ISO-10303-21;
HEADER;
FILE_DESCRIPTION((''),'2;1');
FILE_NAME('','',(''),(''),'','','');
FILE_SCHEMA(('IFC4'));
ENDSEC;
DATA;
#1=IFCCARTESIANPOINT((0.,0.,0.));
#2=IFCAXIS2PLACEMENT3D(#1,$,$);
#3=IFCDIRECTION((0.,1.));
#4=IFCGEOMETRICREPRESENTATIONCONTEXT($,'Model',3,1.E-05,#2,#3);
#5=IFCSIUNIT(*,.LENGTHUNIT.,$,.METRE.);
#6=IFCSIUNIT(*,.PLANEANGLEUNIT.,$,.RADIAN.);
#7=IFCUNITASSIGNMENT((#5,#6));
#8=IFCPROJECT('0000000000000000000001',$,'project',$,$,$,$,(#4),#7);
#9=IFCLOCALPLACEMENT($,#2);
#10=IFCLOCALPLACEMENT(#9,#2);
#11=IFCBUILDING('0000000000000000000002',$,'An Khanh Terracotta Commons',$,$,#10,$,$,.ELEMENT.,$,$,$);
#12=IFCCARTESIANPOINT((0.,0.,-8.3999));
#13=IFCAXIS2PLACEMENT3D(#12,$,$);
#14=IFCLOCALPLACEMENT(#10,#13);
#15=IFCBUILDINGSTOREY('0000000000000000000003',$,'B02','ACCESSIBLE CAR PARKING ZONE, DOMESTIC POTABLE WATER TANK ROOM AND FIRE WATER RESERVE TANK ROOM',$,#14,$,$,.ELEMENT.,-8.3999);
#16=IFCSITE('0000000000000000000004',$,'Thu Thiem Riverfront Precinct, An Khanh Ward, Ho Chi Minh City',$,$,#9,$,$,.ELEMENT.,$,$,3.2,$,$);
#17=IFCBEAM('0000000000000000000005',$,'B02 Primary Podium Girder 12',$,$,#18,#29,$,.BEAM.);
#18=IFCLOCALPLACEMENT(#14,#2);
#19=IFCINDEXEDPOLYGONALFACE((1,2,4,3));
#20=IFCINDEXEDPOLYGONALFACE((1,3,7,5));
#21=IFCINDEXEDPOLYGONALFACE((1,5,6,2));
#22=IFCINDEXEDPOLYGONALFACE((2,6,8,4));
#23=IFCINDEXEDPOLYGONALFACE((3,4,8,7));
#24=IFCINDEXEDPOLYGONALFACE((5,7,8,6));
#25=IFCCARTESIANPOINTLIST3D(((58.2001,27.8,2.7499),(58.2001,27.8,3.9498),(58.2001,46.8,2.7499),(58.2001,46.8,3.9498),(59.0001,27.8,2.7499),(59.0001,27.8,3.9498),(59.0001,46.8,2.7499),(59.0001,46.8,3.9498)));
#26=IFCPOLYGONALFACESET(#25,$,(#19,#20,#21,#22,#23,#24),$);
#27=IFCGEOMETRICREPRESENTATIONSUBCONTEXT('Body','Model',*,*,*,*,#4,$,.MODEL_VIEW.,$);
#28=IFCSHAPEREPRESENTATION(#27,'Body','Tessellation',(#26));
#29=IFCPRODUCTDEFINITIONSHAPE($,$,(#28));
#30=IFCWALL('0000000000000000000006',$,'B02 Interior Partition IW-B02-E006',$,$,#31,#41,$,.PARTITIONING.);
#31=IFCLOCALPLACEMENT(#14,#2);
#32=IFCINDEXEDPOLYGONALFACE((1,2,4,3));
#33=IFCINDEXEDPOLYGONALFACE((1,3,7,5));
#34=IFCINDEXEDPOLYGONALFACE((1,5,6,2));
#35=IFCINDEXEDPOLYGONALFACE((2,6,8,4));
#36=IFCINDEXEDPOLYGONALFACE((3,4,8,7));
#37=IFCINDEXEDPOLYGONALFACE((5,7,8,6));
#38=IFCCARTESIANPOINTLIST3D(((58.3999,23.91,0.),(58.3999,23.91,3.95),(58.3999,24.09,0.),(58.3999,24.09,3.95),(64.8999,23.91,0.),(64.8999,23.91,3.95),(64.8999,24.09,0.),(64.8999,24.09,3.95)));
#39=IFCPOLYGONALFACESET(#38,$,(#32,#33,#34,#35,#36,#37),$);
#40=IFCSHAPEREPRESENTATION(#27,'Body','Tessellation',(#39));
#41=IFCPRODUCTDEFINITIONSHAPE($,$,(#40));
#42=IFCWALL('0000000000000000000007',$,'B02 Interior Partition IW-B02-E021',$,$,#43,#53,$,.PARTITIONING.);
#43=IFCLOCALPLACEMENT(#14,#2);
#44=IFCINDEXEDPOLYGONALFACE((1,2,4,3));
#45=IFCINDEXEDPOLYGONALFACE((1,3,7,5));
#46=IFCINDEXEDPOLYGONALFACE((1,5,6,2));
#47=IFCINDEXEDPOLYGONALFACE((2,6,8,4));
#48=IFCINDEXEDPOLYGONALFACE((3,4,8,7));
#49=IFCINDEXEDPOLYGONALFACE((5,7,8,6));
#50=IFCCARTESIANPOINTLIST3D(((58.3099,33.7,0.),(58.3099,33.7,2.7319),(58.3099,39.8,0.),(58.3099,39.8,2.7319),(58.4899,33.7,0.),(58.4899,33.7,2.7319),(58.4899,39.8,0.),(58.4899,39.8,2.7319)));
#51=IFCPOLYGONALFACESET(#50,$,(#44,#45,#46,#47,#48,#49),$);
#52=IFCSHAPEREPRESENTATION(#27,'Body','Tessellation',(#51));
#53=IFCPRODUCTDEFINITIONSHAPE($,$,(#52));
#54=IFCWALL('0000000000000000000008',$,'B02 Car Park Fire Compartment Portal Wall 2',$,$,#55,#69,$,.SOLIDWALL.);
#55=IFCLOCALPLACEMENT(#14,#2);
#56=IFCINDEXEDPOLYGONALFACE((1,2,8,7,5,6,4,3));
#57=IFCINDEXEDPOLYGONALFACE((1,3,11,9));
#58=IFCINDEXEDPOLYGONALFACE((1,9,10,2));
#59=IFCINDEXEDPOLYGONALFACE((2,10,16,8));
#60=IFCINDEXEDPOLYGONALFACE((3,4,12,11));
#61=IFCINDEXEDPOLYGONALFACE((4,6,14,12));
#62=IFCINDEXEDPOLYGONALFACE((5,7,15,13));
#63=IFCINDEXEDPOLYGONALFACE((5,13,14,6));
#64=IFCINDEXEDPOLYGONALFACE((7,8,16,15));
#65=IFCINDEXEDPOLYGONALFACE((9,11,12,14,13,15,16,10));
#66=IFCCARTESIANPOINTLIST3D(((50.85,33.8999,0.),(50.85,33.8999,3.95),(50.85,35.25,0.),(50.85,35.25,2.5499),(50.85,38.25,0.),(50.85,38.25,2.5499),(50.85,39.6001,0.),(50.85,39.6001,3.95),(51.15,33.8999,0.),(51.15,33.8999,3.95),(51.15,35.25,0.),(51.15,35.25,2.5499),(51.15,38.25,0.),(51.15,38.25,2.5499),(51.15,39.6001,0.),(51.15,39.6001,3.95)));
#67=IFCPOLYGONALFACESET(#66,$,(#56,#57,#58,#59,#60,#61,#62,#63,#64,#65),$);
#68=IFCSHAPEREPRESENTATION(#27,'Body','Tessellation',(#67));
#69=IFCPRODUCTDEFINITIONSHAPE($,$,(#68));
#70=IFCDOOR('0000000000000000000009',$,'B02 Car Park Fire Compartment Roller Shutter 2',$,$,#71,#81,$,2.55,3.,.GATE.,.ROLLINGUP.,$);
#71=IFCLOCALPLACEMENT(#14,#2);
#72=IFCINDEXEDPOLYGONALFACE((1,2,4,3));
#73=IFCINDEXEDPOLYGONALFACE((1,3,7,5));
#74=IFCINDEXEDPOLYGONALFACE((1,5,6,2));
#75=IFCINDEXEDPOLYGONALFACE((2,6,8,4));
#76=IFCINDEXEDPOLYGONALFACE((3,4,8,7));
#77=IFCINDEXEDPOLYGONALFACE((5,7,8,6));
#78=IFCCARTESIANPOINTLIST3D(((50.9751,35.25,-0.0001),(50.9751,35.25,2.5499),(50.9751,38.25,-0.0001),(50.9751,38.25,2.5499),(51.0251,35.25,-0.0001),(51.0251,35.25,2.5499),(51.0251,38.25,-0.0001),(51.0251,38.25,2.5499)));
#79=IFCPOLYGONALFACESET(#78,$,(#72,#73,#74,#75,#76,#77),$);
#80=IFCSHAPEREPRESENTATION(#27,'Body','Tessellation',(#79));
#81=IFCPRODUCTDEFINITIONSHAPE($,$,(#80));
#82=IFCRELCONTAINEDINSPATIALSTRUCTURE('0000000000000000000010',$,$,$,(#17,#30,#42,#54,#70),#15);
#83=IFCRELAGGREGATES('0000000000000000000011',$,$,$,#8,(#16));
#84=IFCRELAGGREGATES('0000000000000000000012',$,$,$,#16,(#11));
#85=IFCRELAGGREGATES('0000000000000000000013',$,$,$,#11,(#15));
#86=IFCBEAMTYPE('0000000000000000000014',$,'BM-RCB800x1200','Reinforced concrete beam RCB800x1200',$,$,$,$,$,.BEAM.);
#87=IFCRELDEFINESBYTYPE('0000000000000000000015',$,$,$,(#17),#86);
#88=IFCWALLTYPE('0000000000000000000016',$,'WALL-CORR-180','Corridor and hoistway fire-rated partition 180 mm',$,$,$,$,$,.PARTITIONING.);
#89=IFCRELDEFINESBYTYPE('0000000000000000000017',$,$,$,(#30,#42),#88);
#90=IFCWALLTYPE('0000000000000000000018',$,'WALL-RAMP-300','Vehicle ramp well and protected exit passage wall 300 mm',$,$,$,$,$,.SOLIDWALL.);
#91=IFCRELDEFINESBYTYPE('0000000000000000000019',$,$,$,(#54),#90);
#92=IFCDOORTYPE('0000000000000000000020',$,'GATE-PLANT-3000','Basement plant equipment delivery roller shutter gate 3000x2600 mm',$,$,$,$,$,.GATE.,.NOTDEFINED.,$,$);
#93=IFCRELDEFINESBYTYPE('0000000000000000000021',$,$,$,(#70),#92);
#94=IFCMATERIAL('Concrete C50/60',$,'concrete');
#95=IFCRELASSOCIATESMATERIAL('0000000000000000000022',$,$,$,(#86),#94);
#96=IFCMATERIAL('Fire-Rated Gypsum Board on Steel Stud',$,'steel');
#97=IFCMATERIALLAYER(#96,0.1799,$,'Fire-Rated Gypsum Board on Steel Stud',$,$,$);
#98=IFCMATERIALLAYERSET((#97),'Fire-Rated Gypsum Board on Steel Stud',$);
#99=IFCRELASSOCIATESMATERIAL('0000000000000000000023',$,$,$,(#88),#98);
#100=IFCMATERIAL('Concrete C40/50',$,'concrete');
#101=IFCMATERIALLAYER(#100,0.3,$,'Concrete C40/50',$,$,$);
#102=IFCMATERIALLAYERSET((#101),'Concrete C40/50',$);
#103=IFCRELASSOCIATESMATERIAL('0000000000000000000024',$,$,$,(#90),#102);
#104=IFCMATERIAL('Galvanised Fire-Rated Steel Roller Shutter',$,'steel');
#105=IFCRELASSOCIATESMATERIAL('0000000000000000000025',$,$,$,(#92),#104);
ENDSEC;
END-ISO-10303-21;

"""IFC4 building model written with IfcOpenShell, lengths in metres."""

from ifc_helpers import new_model, si_unit, direction, frame, frame_2d, origin, origin_2d, place, context, subcontext, project, spatial, rectangle, extrude, material, layer, layer_set, material_profile, profile_set, type_object, element, fill, save


model = new_model("IFC4")

# Units and contexts
model_context = context("Model", 3, precision=1e-05, world=origin(), true_north=direction((0.0, 1.0)))
body_context = subcontext(model_context, "Body", "Model", "MODEL_VIEW")
ifc_project = project(units=[si_unit("LENGTHUNIT", "METRE"), si_unit("PLANEANGLEUNIT", "RADIAN")], contexts=[model_context])

# Site, building, storey
site_placement = place(None, origin())
site = spatial("IfcSite", under=ifc_project, at=site_placement, Name="Thu Thiem Riverfront Precinct, An Khanh Ward, Ho Chi Minh City", CompositionType="ELEMENT", RefElevation=3.2)
building_placement = place(site_placement, origin())
building = spatial("IfcBuilding", under=site, at=building_placement, Name="An Khanh Terracotta Commons", CompositionType="ELEMENT")
storey_placement = place(building_placement, frame((0.0, 0.0, -8.3999)))
storey = spatial("IfcBuildingStorey", under=building, at=storey_placement, Name="B02", Description="ACCESSIBLE CAR PARKING ZONE, DOMESTIC POTABLE WATER TANK ROOM AND FIRE WATER RESERVE TANK ROOM", CompositionType="ELEMENT", Elevation=-8.3999)

# Shared definitions
ifc_material_1 = material(Name="Concrete C50/60", Category="concrete")

# Beam
ifc_material_profile_1 = material_profile(ifc_material_1, rectangle(XDim=0.8, YDim=1.2, at=origin_2d()), Name="RCB800x1200")
ifc_profile_set_1 = profile_set([ifc_material_profile_1], Name="Concrete C50/60")
beam_type_1 = type_object("IfcBeamType", Name="BM-RCB800x1200", Description="Reinforced concrete beam RCB800x1200", PredefinedType="BEAM", material=ifc_profile_set_1)
beam_1_placement = place(storey_placement, frame((58.6001, 27.8, 3.3499), z_axis=(0.0, 1.0, 0.0), x_axis=(-1.0, 0.0, 0.0)))
element("IfcBeam", 1, at=beam_1_placement, inside=storey, type_object=beam_type_1, Name="B02 Primary Podium Girder 12", PredefinedType="BEAM", context=body_context, shape_type="SweptSolid", body=[
    extrude(rectangle(XDim=0.8, YDim=1.2, at=origin_2d()), origin(), (0.0, 0.0, 1.0), 19.0),
])

# Walls
ifc_material_2 = material(Name="Fire-Rated Gypsum Board on Steel Stud", Category="steel")
ifc_layer_1 = layer(ifc_material_2, 0.1799, Name="Fire-Rated Gypsum Board on Steel Stud")
ifc_layer_set_1 = layer_set([ifc_layer_1], Name="Fire-Rated Gypsum Board on Steel Stud")
wall_type_1 = type_object("IfcWallType", Name="WALL-CORR-180", Description="Corridor and hoistway fire-rated partition 180 mm", PredefinedType="PARTITIONING", material=ifc_layer_set_1)
wall_1_placement = place(storey_placement, frame((58.3999, 24.0, 0.0), z_axis=(0.0, 0.0, 1.0), x_axis=(1.0, 0.0, 0.0)))
element("IfcWall", 2, at=wall_1_placement, inside=storey, type_object=wall_type_1, Name="B02 Interior Partition IW-B02-E006", PredefinedType="PARTITIONING", context=body_context, shape_type="SweptSolid", body=[
    extrude(rectangle(XDim=6.5, YDim=0.1799, at=frame_2d((3.25, 0.0))), origin(), (0.0, 0.0, 1.0), 3.95),
])
wall_2_placement = place(storey_placement, frame((58.3999, 33.7, 0.0), z_axis=(0.0, 0.0, 1.0), x_axis=(0.0, 1.0, 0.0)))
element("IfcWall", 3, at=wall_2_placement, inside=storey, type_object=wall_type_1, Name="B02 Interior Partition IW-B02-E021", PredefinedType="PARTITIONING", context=body_context, shape_type="SweptSolid", body=[
    extrude(rectangle(XDim=6.1001, YDim=0.1799, at=frame_2d((3.05, 0.0))), origin(), (0.0, 0.0, 1.0), 2.7319),
])

# Wall, opening, door
ifc_material_3 = material(Name="Concrete C40/50", Category="concrete")
ifc_layer_2 = layer(ifc_material_3, 0.3, Name="Concrete C40/50")
ifc_layer_set_2 = layer_set([ifc_layer_2], Name="Concrete C40/50")
wall_type_2 = type_object("IfcWallType", Name="WALL-RAMP-300", Description="Vehicle ramp well and protected exit passage wall 300 mm", PredefinedType="SOLIDWALL", material=ifc_layer_set_2)
wall_3_placement = place(storey_placement, frame((51.0, 33.8999, 0.0), z_axis=(0.0, 0.0, 1.0), x_axis=(0.0, 1.0, 0.0)))
wall_3 = element("IfcWall", 4, at=wall_3_placement, inside=storey, type_object=wall_type_2, Name="B02 Car Park Fire Compartment Portal Wall 2", PredefinedType="SOLIDWALL", context=body_context, shape_type="SweptSolid", body=[
    extrude(rectangle(XDim=5.7002, YDim=0.3, at=frame_2d((2.8501, 0.0))), origin(), (0.0, 0.0, 1.0), 3.95),
])
opening_placement = place(wall_3_placement, frame((1.3501, 0.0, 0.0)))
opening = element("IfcOpeningElement", 5, at=opening_placement, cuts=wall_3, PredefinedType="OPENING", context=body_context, shape_type="SweptSolid", body=[
    extrude(rectangle(XDim=3.0, YDim=2.55, at=frame_2d((1.5, 1.2749))), frame((0.0, 0.1599, 0.0), z_axis=(0.0, -1.0, 0.0), x_axis=(1.0, 0.0, 0.0)), (0.0, 0.0, 1.0), 0.3201),
])
ifc_material_4 = material(Name="Galvanised Fire-Rated Steel Roller Shutter", Category="steel")
door_type = type_object("IfcDoorType", Name="GATE-PLANT-3000", Description="Basement plant equipment delivery roller shutter gate 3000x2600 mm", OperationType="NOTDEFINED", PredefinedType="GATE", material=ifc_material_4)
door_placement = place(opening_placement, origin())
door = element("IfcDoor", 6, at=door_placement, inside=storey, type_object=door_type, Name="B02 Car Park Fire Compartment Roller Shutter 2", OperationType="ROLLINGUP", OverallHeight=2.55, OverallWidth=3.0, PredefinedType="GATE", context=body_context, shape_type="SweptSolid", body=[
    extrude(rectangle(XDim=3.0, YDim=2.55, at=frame_2d((1.5, 1.2749))), frame((0.0, 0.0249, 0.0), z_axis=(0.0, -1.0, 0.0), x_axis=(1.0, 0.0, 0.0)), (0.0, 0.0, 1.0), 0.05),
])
fill(opening, door)

save(model, "model.ifc")
